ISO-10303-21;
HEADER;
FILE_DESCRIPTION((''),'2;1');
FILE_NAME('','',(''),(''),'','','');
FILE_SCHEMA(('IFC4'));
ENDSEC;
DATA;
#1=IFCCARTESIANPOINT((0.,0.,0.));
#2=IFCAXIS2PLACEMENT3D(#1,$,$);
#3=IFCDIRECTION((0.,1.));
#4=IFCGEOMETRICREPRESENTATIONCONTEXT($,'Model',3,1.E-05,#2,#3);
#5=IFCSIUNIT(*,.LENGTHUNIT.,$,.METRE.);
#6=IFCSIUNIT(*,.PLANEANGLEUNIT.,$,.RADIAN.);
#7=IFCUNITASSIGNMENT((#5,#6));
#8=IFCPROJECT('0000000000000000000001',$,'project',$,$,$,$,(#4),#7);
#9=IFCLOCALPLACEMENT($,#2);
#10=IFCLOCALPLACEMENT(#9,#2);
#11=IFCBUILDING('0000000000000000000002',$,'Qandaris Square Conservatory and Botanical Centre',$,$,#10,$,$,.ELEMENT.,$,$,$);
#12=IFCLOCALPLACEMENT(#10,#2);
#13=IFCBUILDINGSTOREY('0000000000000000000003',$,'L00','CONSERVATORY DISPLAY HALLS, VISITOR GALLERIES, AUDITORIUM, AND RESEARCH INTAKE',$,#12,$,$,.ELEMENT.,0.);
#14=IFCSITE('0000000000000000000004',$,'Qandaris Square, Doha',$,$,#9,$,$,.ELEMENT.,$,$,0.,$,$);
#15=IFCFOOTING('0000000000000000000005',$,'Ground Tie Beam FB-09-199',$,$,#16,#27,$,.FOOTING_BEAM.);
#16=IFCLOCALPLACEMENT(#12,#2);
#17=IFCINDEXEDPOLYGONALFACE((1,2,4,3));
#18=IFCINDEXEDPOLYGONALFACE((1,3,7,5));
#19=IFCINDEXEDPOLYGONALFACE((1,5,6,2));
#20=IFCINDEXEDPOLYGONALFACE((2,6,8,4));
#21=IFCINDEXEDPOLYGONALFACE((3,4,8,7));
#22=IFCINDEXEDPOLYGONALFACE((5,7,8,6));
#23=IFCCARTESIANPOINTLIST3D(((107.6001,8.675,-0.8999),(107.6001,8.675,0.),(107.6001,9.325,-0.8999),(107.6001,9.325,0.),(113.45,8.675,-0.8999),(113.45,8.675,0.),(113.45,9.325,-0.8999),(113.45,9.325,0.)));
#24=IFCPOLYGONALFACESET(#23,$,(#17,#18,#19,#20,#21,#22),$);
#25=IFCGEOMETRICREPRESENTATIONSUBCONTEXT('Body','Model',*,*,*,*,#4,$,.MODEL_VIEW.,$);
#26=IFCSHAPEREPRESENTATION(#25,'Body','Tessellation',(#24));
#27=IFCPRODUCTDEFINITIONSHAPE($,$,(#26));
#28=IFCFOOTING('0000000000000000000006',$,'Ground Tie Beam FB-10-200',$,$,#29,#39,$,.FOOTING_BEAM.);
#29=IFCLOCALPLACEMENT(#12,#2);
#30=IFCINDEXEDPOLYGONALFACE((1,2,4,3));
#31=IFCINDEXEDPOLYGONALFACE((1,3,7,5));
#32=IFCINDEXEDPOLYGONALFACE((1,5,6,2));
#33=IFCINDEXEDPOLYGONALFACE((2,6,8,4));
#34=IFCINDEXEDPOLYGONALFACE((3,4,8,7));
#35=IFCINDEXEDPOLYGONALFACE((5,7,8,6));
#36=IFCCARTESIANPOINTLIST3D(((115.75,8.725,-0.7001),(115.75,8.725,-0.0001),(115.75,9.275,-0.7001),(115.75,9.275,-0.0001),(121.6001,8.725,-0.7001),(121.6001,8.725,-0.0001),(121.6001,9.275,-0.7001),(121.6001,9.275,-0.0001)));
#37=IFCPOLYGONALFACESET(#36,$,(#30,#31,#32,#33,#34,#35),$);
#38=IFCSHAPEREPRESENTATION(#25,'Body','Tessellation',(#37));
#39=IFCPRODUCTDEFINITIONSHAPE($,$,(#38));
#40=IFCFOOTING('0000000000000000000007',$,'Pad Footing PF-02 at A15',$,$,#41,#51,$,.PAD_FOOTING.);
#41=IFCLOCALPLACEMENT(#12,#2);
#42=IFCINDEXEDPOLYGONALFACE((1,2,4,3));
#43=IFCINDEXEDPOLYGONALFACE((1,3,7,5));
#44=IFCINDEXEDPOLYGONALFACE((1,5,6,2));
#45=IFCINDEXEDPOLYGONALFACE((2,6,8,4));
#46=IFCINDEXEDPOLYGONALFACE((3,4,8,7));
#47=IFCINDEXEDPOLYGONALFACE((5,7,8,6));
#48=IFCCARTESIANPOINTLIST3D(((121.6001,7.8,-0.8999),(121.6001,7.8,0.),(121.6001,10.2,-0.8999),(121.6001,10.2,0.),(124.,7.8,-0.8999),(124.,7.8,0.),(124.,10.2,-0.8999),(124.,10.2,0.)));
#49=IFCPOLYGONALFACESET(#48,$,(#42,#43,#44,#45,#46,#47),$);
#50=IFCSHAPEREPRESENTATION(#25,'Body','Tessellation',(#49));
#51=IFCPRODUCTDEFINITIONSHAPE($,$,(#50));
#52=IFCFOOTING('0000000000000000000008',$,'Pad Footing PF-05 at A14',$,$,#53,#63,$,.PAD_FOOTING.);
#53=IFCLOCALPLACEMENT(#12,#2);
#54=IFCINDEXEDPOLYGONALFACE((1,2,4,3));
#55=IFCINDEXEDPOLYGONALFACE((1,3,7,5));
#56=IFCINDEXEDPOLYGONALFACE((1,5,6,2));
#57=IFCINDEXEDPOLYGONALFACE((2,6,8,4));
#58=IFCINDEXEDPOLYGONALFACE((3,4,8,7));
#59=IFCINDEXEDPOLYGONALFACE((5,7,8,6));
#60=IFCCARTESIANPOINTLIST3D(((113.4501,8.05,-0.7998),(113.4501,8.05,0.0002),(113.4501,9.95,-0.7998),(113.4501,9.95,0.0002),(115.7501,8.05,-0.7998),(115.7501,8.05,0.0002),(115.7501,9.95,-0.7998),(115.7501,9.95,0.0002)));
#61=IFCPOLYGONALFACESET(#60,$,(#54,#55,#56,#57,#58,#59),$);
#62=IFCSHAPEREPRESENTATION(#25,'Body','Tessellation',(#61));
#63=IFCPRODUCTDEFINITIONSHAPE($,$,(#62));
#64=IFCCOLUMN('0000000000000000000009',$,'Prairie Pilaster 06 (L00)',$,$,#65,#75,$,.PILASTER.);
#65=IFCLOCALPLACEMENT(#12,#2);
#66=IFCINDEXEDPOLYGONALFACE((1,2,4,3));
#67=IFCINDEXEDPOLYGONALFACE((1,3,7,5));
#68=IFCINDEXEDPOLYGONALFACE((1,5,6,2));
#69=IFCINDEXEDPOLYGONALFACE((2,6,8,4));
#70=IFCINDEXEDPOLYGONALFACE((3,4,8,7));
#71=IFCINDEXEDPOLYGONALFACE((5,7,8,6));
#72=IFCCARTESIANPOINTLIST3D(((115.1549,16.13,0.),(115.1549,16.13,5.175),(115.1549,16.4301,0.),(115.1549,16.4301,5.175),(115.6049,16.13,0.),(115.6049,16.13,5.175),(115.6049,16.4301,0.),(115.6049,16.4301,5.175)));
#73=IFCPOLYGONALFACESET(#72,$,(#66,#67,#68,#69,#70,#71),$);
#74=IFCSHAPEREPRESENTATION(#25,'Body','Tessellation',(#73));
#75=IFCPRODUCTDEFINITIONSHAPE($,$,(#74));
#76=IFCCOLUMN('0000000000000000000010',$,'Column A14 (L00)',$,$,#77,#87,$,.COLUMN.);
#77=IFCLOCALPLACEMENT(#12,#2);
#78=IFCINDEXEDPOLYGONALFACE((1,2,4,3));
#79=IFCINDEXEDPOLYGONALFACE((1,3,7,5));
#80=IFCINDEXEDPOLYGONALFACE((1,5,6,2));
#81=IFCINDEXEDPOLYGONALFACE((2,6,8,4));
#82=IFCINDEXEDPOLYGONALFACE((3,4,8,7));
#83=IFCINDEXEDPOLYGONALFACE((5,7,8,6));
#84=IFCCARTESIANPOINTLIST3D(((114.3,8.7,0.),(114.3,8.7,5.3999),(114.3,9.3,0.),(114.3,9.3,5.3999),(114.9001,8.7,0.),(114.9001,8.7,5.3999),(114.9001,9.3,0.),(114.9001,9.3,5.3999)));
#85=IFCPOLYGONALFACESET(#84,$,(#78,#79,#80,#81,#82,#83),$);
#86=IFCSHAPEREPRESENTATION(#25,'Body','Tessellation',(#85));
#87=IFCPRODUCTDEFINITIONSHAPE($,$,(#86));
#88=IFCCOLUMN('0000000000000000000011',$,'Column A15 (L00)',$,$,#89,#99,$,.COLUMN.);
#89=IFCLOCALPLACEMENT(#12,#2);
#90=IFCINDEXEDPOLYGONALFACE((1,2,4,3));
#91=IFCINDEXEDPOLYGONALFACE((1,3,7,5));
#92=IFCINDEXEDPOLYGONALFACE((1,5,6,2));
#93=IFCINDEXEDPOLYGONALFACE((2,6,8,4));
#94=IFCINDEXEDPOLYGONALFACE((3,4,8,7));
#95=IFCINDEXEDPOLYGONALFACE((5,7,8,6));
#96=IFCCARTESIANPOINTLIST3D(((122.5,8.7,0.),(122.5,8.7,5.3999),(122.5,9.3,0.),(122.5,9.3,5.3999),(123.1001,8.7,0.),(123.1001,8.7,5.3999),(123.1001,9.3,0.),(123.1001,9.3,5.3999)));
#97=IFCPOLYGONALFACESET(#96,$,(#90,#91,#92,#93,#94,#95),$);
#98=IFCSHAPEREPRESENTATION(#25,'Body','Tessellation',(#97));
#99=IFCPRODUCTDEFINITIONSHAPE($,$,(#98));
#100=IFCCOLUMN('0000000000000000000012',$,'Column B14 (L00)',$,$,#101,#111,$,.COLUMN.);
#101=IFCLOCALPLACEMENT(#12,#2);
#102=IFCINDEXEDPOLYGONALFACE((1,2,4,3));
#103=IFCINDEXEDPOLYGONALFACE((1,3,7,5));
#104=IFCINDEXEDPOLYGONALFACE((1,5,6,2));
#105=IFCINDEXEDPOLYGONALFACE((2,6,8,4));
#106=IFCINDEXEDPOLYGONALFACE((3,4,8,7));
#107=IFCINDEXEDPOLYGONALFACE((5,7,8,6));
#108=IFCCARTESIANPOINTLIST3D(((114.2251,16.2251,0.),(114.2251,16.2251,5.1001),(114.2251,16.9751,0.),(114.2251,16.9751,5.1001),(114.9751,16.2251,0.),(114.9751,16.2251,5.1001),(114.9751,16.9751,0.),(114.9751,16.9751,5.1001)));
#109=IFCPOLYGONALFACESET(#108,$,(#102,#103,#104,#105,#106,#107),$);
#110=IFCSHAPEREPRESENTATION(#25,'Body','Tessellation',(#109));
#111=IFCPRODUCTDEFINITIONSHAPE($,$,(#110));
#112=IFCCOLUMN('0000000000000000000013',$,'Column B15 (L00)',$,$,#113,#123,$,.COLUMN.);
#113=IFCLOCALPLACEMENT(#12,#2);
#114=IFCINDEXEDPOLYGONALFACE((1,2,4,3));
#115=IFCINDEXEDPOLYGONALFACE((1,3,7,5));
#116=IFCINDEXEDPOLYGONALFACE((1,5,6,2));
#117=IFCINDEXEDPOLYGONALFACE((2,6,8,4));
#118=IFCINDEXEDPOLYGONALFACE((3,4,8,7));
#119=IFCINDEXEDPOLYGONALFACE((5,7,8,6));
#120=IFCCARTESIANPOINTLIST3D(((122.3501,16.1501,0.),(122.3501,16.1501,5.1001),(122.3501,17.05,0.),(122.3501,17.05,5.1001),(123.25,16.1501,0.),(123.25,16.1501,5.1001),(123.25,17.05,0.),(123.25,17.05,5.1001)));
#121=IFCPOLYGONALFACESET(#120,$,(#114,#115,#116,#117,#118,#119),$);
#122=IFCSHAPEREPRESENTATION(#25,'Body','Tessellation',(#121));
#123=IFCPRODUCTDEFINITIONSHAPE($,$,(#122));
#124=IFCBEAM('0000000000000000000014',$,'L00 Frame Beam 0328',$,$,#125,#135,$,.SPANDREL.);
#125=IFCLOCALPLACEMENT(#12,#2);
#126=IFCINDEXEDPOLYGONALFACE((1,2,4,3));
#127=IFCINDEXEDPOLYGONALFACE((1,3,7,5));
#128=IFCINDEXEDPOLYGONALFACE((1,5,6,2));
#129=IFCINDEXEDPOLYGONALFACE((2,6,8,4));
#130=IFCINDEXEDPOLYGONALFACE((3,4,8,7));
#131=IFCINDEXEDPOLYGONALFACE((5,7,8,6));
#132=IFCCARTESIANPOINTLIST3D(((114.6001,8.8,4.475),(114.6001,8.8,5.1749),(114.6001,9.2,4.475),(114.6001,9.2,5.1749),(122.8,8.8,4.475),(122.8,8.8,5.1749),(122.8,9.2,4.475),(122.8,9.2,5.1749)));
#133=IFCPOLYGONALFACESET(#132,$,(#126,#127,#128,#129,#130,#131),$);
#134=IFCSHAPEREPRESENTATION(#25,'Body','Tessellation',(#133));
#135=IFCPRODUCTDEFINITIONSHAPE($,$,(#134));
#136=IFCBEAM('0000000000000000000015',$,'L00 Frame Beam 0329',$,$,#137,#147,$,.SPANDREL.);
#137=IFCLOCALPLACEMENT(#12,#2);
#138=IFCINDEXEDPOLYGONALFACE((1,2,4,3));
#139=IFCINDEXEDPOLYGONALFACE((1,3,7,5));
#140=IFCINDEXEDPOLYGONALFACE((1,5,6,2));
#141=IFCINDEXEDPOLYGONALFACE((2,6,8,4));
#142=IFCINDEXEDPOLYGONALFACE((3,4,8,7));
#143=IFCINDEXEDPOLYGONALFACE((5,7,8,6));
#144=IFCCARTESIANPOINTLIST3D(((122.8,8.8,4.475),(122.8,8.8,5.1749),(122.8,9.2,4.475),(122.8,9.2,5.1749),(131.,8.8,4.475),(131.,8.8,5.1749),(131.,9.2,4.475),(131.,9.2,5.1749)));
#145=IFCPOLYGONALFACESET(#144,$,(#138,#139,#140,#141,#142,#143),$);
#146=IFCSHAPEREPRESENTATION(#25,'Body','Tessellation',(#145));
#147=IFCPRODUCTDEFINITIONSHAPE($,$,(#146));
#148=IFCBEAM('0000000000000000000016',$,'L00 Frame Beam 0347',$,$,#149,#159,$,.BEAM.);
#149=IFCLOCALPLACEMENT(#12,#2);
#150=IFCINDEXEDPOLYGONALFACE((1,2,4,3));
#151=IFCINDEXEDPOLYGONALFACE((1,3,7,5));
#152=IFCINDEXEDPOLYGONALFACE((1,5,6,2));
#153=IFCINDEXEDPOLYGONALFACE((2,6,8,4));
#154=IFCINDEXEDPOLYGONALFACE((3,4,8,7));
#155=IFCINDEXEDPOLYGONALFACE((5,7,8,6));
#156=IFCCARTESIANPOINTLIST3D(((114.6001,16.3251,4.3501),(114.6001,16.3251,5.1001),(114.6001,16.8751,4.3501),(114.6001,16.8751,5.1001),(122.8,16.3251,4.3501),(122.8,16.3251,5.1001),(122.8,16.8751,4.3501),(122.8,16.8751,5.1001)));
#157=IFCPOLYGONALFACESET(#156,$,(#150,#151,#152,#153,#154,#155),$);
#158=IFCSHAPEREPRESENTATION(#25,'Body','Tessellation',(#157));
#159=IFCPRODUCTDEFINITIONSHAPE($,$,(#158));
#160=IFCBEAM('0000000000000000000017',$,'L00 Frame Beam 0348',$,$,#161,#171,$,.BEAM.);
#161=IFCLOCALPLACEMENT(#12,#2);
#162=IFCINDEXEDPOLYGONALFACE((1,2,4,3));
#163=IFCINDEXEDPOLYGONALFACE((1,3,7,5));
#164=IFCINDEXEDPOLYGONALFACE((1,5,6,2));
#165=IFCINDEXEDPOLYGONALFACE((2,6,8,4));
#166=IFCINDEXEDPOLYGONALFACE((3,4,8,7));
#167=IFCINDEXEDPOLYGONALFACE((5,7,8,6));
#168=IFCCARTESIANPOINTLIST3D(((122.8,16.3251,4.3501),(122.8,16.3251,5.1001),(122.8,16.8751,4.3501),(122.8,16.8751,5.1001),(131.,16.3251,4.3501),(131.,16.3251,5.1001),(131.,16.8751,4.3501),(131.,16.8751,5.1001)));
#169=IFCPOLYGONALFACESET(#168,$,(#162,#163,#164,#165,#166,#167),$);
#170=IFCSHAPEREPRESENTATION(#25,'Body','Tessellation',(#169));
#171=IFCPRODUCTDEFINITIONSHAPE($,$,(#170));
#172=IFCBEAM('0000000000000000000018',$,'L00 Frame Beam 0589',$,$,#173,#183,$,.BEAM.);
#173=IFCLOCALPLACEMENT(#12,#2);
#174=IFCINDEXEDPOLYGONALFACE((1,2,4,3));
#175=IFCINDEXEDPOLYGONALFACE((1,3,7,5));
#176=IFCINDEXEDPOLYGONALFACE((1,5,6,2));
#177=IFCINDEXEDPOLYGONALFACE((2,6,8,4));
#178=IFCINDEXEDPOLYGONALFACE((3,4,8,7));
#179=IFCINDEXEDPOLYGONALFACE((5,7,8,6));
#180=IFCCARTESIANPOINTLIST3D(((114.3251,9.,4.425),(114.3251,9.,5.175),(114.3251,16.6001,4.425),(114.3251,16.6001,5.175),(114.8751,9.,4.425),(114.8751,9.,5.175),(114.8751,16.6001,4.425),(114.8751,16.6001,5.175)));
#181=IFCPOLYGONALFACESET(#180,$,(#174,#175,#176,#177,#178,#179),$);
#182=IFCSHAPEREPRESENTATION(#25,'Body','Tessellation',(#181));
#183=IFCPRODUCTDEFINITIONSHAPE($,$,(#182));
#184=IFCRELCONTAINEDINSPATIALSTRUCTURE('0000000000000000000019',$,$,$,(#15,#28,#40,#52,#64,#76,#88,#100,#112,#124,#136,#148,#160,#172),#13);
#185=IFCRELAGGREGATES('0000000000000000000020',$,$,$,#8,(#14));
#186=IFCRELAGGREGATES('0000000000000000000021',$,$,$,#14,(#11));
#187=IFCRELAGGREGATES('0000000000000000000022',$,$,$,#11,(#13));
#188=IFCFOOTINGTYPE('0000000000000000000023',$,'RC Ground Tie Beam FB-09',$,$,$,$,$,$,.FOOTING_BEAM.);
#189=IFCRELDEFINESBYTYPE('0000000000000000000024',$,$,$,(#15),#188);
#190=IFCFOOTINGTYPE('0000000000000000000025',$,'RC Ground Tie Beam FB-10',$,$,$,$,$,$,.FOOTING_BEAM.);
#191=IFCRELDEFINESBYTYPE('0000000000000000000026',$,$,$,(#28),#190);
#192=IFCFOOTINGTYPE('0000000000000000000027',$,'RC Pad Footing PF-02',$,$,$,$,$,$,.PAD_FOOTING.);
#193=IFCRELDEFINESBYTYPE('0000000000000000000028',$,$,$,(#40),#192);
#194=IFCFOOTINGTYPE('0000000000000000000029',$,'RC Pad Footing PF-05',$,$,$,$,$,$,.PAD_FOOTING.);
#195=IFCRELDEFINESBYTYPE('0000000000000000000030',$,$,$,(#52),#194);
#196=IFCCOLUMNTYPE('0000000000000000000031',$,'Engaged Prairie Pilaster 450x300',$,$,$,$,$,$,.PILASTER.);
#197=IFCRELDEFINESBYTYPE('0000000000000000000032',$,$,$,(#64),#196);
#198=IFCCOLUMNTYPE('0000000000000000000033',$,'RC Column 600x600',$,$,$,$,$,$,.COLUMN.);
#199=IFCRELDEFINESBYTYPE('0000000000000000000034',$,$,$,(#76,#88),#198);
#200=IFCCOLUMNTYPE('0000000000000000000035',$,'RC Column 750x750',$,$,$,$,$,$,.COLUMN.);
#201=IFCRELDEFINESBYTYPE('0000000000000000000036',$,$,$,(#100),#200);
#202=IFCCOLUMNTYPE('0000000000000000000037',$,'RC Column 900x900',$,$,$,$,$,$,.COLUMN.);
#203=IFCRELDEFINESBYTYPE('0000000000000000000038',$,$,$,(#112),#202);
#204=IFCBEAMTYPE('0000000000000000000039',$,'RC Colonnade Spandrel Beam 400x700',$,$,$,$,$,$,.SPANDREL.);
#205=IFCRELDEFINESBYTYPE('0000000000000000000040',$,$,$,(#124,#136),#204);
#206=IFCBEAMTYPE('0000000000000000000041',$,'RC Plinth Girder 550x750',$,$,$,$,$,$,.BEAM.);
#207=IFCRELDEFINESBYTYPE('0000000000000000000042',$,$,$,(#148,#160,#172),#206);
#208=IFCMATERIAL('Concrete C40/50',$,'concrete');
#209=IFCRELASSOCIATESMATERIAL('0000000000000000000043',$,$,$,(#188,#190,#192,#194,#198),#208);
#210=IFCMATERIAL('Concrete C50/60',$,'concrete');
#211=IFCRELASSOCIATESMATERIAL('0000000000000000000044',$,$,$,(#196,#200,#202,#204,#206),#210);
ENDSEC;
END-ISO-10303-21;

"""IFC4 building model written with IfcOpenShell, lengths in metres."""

from ifc_helpers import new_model, si_unit, direction, frame, origin, origin_2d, place, context, subcontext, project, spatial, rectangle, extrude, material, material_profile, profile_set, type_object, element, save


model = new_model("IFC4")

# Units and contexts
model_context = context("Model", 3, precision=1e-05, world=origin(), true_north=direction((0.0, 1.0)))
body_context = subcontext(model_context, "Body", "Model", "MODEL_VIEW")
ifc_project = project(units=[si_unit("LENGTHUNIT", "METRE"), si_unit("PLANEANGLEUNIT", "RADIAN")], contexts=[model_context])

# Site, building, storey
site_placement = place(None, origin())
site = spatial("IfcSite", under=ifc_project, at=site_placement, Name="Qandaris Square, Doha", CompositionType="ELEMENT", RefElevation=0.0)
building_placement = place(site_placement, origin())
building = spatial("IfcBuilding", under=site, at=building_placement, Name="Qandaris Square Conservatory and Botanical Centre", CompositionType="ELEMENT")
storey_placement = place(building_placement, origin())
storey = spatial("IfcBuildingStorey", under=building, at=storey_placement, Name="L00", Description="CONSERVATORY DISPLAY HALLS, VISITOR GALLERIES, AUDITORIUM, AND RESEARCH INTAKE", CompositionType="ELEMENT", Elevation=0.0)

# Footings
ifc_material_1 = material(Name="Concrete C40/50", Category="concrete")
ifc_material_profile_1 = material_profile(ifc_material_1, rectangle(XDim=0.6499, YDim=0.8999, at=origin_2d()), Name="FB 650x900")
ifc_profile_set_1 = profile_set([ifc_material_profile_1], Name="Concrete C40/50")
footing_type_1 = type_object("IfcFootingType", Name="RC Ground Tie Beam FB-09", PredefinedType="FOOTING_BEAM", material=ifc_profile_set_1)
footing_1_placement = place(storey_placement, frame((107.6001, 9.0, -0.45), z_axis=(1.0, 0.0, 0.0), x_axis=(0.0, 1.0, 0.0)))
element("IfcFooting", 1, at=footing_1_placement, inside=storey, type_object=footing_type_1, Name="Ground Tie Beam FB-09-199", PredefinedType="FOOTING_BEAM", context=body_context, shape_type="SweptSolid", body=[
    extrude(rectangle(XDim=0.6499, YDim=0.8999, at=origin_2d()), origin(), (0.0, 0.0, 1.0), 5.8499),
])
ifc_material_profile_2 = material_profile(ifc_material_1, rectangle(XDim=0.55, YDim=0.7, at=origin_2d()), Name="FB 550x700")
ifc_profile_set_2 = profile_set([ifc_material_profile_2], Name="Concrete C40/50")
footing_type_2 = type_object("IfcFootingType", Name="RC Ground Tie Beam FB-10", PredefinedType="FOOTING_BEAM", material=ifc_profile_set_2)
footing_2_placement = place(storey_placement, frame((115.75, 9.0, -0.3501), z_axis=(1.0, 0.0, 0.0), x_axis=(0.0, 1.0, 0.0)))
element("IfcFooting", 2, at=footing_2_placement, inside=storey, type_object=footing_type_2, Name="Ground Tie Beam FB-10-200", PredefinedType="FOOTING_BEAM", context=body_context, shape_type="SweptSolid", body=[
    extrude(rectangle(XDim=0.55, YDim=0.7, at=origin_2d()), origin(), (0.0, 0.0, 1.0), 5.8501),
])
footing_type_3 = type_object("IfcFootingType", Name="RC Pad Footing PF-02", PredefinedType="PAD_FOOTING", material=ifc_material_1)
footing_3_placement = place(storey_placement, frame((122.8, 9.0, -0.8999), z_axis=(0.0, 0.0, 1.0), x_axis=(1.0, 0.0, 0.0)))
element("IfcFooting", 3, at=footing_3_placement, inside=storey, type_object=footing_type_3, Name="Pad Footing PF-02 at A15", PredefinedType="PAD_FOOTING", context=body_context, shape_type="SweptSolid", body=[
    extrude(rectangle(XDim=2.3999, YDim=2.3999, at=origin_2d()), origin(), (0.0, 0.0, 1.0), 0.8999),
])
footing_type_4 = type_object("IfcFootingType", Name="RC Pad Footing PF-05", PredefinedType="PAD_FOOTING", material=ifc_material_1)
footing_4_placement = place(storey_placement, frame((114.6001, 9.0, -0.7998), z_axis=(0.0, 0.0, 1.0), x_axis=(1.0, 0.0, 0.0)))
element("IfcFooting", 4, at=footing_4_placement, inside=storey, type_object=footing_type_4, Name="Pad Footing PF-05 at A14", PredefinedType="PAD_FOOTING", context=body_context, shape_type="SweptSolid", body=[
    extrude(rectangle(XDim=2.3, YDim=1.8999, at=origin_2d()), origin(), (0.0, 0.0, 1.0), 0.8),
])

# Columns
ifc_material_2 = material(Name="Concrete C50/60", Category="concrete")
ifc_material_profile_3 = material_profile(ifc_material_2, rectangle(XDim=0.45, YDim=0.3, at=origin_2d()), Name="RC-PIL 450x300")
ifc_profile_set_3 = profile_set([ifc_material_profile_3], Name="Concrete C50/60")
column_type_1 = type_object("IfcColumnType", Name="Engaged Prairie Pilaster 450x300", PredefinedType="PILASTER", material=ifc_profile_set_3)
column_1_placement = place(storey_placement, frame((115.3799, 16.28, 0.0), z_axis=(0.0, 0.0, 1.0), x_axis=(1.0, 0.0, 0.0)))
element("IfcColumn", 5, at=column_1_placement, inside=storey, type_object=column_type_1, Name="Prairie Pilaster 06 (L00)", PredefinedType="PILASTER", context=body_context, shape_type="SweptSolid", body=[
    extrude(rectangle(XDim=0.45, YDim=0.3, at=origin_2d()), origin(), (0.0, 0.0, 1.0), 5.175),
])
ifc_material_profile_4 = material_profile(ifc_material_1, rectangle(XDim=0.6001, YDim=0.6001, at=origin_2d()), Name="RC-COL 600x600")
ifc_profile_set_4 = profile_set([ifc_material_profile_4], Name="Concrete C40/50")
column_type_2 = type_object("IfcColumnType", Name="RC Column 600x600", PredefinedType="COLUMN", material=ifc_profile_set_4)
for number, where, z_axis, x_axis, name in (
    (6, (114.6001, 9.0, 0.0), (0.0, 0.0, 1.0), (1.0, 0.0, 0.0), "Column A14 (L00)"),
    (7, (122.8, 9.0, 0.0), (0.0, 0.0, 1.0), (1.0, 0.0, 0.0), "Column A15 (L00)"),
):
    element("IfcColumn", number, at=place(storey_placement, frame(where, z_axis=z_axis, x_axis=x_axis)), inside=storey, type_object=column_type_2, Name=name, PredefinedType="COLUMN", context=body_context, shape_type="SweptSolid", body=[
        extrude(rectangle(XDim=0.6001, YDim=0.6001, at=origin_2d()), origin(), (0.0, 0.0, 1.0), 5.3999),
    ])
ifc_material_profile_5 = material_profile(ifc_material_2, rectangle(XDim=0.75, YDim=0.75, at=origin_2d()), Name="RC-COL 750x750")
ifc_profile_set_5 = profile_set([ifc_material_profile_5], Name="Concrete C50/60")
column_type_3 = type_object("IfcColumnType", Name="RC Column 750x750", PredefinedType="COLUMN", material=ifc_profile_set_5)
column_2_placement = place(storey_placement, frame((114.6001, 16.6001, 0.0), z_axis=(0.0, 0.0, 1.0), x_axis=(1.0, 0.0, 0.0)))
element("IfcColumn", 8, at=column_2_placement, inside=storey, type_object=column_type_3, Name="Column B14 (L00)", PredefinedType="COLUMN", context=body_context, shape_type="SweptSolid", body=[
    extrude(rectangle(XDim=0.75, YDim=0.75, at=origin_2d()), origin(), (0.0, 0.0, 1.0), 5.1001),
])
ifc_material_profile_6 = material_profile(ifc_material_2, rectangle(XDim=0.8999, YDim=0.8999, at=origin_2d()), Name="RC-COL 900x900")
ifc_profile_set_6 = profile_set([ifc_material_profile_6], Name="Concrete C50/60")
column_type_4 = type_object("IfcColumnType", Name="RC Column 900x900", PredefinedType="COLUMN", material=ifc_profile_set_6)
column_3_placement = place(storey_placement, frame((122.8, 16.6001, 0.0), z_axis=(0.0, 0.0, 1.0), x_axis=(1.0, 0.0, 0.0)))
element("IfcColumn", 9, at=column_3_placement, inside=storey, type_object=column_type_4, Name="Column B15 (L00)", PredefinedType="COLUMN", context=body_context, shape_type="SweptSolid", body=[
    extrude(rectangle(XDim=0.8999, YDim=0.8999, at=origin_2d()), origin(), (0.0, 0.0, 1.0), 5.1001),
])

# Beams
ifc_material_profile_7 = material_profile(ifc_material_2, rectangle(XDim=0.3999, YDim=0.7, at=origin_2d()), Name="RC-SP 400x700")
ifc_profile_set_7 = profile_set([ifc_material_profile_7], Name="Concrete C50/60")
beam_type_1 = type_object("IfcBeamType", Name="RC Colonnade Spandrel Beam 400x700", PredefinedType="SPANDREL", material=ifc_profile_set_7)
for number, where, z_axis, x_axis, name in (
    (10, (114.6001, 9.0, 4.825), (1.0, 0.0, 0.0), (0.0, 1.0, 0.0), "L00 Frame Beam 0328"),
    (11, (122.8, 9.0, 4.825), (1.0, 0.0, 0.0), (0.0, 1.0, 0.0), "L00 Frame Beam 0329"),
):
    element("IfcBeam", number, at=place(storey_placement, frame(where, z_axis=z_axis, x_axis=x_axis)), inside=storey, type_object=beam_type_1, Name=name, PredefinedType="SPANDREL", context=body_context, shape_type="SweptSolid", body=[
        extrude(rectangle(XDim=0.3999, YDim=0.7, at=origin_2d()), origin(), (0.0, 0.0, 1.0), 8.2),
    ])
ifc_material_profile_8 = material_profile(ifc_material_2, rectangle(XDim=0.55, YDim=0.75, at=origin_2d()), Name="RC-BM 550x750")
ifc_profile_set_8 = profile_set([ifc_material_profile_8], Name="Concrete C50/60")
beam_type_2 = type_object("IfcBeamType", Name="RC Plinth Girder 550x750", PredefinedType="BEAM", material=ifc_profile_set_8)
for number, where, z_axis, x_axis, name in (
    (12, (114.6001, 16.6001, 4.7251), (1.0, 0.0, 0.0), (0.0, 1.0, 0.0), "L00 Frame Beam 0347"),
    (13, (122.8, 16.6001, 4.7251), (1.0, 0.0, 0.0), (0.0, 1.0, 0.0), "L00 Frame Beam 0348"),
):
    element("IfcBeam", number, at=place(storey_placement, frame(where, z_axis=z_axis, x_axis=x_axis)), inside=storey, type_object=beam_type_2, Name=name, PredefinedType="BEAM", context=body_context, shape_type="SweptSolid", body=[
        extrude(rectangle(XDim=0.55, YDim=0.75, at=origin_2d()), origin(), (0.0, 0.0, 1.0), 8.2),
    ])
beam_1_placement = place(storey_placement, frame((114.6001, 9.0, 4.8), z_axis=(0.0, 1.0, 0.0), x_axis=(-1.0, 0.0, 0.0)))
element("IfcBeam", 14, at=beam_1_placement, inside=storey, type_object=beam_type_2, Name="L00 Frame Beam 0589", PredefinedType="BEAM", context=body_context, shape_type="SweptSolid", body=[
    extrude(rectangle(XDim=0.55, YDim=0.75, at=origin_2d()), origin(), (0.0, 0.0, 1.0), 7.6001),
])

save(model, "model.ifc")
